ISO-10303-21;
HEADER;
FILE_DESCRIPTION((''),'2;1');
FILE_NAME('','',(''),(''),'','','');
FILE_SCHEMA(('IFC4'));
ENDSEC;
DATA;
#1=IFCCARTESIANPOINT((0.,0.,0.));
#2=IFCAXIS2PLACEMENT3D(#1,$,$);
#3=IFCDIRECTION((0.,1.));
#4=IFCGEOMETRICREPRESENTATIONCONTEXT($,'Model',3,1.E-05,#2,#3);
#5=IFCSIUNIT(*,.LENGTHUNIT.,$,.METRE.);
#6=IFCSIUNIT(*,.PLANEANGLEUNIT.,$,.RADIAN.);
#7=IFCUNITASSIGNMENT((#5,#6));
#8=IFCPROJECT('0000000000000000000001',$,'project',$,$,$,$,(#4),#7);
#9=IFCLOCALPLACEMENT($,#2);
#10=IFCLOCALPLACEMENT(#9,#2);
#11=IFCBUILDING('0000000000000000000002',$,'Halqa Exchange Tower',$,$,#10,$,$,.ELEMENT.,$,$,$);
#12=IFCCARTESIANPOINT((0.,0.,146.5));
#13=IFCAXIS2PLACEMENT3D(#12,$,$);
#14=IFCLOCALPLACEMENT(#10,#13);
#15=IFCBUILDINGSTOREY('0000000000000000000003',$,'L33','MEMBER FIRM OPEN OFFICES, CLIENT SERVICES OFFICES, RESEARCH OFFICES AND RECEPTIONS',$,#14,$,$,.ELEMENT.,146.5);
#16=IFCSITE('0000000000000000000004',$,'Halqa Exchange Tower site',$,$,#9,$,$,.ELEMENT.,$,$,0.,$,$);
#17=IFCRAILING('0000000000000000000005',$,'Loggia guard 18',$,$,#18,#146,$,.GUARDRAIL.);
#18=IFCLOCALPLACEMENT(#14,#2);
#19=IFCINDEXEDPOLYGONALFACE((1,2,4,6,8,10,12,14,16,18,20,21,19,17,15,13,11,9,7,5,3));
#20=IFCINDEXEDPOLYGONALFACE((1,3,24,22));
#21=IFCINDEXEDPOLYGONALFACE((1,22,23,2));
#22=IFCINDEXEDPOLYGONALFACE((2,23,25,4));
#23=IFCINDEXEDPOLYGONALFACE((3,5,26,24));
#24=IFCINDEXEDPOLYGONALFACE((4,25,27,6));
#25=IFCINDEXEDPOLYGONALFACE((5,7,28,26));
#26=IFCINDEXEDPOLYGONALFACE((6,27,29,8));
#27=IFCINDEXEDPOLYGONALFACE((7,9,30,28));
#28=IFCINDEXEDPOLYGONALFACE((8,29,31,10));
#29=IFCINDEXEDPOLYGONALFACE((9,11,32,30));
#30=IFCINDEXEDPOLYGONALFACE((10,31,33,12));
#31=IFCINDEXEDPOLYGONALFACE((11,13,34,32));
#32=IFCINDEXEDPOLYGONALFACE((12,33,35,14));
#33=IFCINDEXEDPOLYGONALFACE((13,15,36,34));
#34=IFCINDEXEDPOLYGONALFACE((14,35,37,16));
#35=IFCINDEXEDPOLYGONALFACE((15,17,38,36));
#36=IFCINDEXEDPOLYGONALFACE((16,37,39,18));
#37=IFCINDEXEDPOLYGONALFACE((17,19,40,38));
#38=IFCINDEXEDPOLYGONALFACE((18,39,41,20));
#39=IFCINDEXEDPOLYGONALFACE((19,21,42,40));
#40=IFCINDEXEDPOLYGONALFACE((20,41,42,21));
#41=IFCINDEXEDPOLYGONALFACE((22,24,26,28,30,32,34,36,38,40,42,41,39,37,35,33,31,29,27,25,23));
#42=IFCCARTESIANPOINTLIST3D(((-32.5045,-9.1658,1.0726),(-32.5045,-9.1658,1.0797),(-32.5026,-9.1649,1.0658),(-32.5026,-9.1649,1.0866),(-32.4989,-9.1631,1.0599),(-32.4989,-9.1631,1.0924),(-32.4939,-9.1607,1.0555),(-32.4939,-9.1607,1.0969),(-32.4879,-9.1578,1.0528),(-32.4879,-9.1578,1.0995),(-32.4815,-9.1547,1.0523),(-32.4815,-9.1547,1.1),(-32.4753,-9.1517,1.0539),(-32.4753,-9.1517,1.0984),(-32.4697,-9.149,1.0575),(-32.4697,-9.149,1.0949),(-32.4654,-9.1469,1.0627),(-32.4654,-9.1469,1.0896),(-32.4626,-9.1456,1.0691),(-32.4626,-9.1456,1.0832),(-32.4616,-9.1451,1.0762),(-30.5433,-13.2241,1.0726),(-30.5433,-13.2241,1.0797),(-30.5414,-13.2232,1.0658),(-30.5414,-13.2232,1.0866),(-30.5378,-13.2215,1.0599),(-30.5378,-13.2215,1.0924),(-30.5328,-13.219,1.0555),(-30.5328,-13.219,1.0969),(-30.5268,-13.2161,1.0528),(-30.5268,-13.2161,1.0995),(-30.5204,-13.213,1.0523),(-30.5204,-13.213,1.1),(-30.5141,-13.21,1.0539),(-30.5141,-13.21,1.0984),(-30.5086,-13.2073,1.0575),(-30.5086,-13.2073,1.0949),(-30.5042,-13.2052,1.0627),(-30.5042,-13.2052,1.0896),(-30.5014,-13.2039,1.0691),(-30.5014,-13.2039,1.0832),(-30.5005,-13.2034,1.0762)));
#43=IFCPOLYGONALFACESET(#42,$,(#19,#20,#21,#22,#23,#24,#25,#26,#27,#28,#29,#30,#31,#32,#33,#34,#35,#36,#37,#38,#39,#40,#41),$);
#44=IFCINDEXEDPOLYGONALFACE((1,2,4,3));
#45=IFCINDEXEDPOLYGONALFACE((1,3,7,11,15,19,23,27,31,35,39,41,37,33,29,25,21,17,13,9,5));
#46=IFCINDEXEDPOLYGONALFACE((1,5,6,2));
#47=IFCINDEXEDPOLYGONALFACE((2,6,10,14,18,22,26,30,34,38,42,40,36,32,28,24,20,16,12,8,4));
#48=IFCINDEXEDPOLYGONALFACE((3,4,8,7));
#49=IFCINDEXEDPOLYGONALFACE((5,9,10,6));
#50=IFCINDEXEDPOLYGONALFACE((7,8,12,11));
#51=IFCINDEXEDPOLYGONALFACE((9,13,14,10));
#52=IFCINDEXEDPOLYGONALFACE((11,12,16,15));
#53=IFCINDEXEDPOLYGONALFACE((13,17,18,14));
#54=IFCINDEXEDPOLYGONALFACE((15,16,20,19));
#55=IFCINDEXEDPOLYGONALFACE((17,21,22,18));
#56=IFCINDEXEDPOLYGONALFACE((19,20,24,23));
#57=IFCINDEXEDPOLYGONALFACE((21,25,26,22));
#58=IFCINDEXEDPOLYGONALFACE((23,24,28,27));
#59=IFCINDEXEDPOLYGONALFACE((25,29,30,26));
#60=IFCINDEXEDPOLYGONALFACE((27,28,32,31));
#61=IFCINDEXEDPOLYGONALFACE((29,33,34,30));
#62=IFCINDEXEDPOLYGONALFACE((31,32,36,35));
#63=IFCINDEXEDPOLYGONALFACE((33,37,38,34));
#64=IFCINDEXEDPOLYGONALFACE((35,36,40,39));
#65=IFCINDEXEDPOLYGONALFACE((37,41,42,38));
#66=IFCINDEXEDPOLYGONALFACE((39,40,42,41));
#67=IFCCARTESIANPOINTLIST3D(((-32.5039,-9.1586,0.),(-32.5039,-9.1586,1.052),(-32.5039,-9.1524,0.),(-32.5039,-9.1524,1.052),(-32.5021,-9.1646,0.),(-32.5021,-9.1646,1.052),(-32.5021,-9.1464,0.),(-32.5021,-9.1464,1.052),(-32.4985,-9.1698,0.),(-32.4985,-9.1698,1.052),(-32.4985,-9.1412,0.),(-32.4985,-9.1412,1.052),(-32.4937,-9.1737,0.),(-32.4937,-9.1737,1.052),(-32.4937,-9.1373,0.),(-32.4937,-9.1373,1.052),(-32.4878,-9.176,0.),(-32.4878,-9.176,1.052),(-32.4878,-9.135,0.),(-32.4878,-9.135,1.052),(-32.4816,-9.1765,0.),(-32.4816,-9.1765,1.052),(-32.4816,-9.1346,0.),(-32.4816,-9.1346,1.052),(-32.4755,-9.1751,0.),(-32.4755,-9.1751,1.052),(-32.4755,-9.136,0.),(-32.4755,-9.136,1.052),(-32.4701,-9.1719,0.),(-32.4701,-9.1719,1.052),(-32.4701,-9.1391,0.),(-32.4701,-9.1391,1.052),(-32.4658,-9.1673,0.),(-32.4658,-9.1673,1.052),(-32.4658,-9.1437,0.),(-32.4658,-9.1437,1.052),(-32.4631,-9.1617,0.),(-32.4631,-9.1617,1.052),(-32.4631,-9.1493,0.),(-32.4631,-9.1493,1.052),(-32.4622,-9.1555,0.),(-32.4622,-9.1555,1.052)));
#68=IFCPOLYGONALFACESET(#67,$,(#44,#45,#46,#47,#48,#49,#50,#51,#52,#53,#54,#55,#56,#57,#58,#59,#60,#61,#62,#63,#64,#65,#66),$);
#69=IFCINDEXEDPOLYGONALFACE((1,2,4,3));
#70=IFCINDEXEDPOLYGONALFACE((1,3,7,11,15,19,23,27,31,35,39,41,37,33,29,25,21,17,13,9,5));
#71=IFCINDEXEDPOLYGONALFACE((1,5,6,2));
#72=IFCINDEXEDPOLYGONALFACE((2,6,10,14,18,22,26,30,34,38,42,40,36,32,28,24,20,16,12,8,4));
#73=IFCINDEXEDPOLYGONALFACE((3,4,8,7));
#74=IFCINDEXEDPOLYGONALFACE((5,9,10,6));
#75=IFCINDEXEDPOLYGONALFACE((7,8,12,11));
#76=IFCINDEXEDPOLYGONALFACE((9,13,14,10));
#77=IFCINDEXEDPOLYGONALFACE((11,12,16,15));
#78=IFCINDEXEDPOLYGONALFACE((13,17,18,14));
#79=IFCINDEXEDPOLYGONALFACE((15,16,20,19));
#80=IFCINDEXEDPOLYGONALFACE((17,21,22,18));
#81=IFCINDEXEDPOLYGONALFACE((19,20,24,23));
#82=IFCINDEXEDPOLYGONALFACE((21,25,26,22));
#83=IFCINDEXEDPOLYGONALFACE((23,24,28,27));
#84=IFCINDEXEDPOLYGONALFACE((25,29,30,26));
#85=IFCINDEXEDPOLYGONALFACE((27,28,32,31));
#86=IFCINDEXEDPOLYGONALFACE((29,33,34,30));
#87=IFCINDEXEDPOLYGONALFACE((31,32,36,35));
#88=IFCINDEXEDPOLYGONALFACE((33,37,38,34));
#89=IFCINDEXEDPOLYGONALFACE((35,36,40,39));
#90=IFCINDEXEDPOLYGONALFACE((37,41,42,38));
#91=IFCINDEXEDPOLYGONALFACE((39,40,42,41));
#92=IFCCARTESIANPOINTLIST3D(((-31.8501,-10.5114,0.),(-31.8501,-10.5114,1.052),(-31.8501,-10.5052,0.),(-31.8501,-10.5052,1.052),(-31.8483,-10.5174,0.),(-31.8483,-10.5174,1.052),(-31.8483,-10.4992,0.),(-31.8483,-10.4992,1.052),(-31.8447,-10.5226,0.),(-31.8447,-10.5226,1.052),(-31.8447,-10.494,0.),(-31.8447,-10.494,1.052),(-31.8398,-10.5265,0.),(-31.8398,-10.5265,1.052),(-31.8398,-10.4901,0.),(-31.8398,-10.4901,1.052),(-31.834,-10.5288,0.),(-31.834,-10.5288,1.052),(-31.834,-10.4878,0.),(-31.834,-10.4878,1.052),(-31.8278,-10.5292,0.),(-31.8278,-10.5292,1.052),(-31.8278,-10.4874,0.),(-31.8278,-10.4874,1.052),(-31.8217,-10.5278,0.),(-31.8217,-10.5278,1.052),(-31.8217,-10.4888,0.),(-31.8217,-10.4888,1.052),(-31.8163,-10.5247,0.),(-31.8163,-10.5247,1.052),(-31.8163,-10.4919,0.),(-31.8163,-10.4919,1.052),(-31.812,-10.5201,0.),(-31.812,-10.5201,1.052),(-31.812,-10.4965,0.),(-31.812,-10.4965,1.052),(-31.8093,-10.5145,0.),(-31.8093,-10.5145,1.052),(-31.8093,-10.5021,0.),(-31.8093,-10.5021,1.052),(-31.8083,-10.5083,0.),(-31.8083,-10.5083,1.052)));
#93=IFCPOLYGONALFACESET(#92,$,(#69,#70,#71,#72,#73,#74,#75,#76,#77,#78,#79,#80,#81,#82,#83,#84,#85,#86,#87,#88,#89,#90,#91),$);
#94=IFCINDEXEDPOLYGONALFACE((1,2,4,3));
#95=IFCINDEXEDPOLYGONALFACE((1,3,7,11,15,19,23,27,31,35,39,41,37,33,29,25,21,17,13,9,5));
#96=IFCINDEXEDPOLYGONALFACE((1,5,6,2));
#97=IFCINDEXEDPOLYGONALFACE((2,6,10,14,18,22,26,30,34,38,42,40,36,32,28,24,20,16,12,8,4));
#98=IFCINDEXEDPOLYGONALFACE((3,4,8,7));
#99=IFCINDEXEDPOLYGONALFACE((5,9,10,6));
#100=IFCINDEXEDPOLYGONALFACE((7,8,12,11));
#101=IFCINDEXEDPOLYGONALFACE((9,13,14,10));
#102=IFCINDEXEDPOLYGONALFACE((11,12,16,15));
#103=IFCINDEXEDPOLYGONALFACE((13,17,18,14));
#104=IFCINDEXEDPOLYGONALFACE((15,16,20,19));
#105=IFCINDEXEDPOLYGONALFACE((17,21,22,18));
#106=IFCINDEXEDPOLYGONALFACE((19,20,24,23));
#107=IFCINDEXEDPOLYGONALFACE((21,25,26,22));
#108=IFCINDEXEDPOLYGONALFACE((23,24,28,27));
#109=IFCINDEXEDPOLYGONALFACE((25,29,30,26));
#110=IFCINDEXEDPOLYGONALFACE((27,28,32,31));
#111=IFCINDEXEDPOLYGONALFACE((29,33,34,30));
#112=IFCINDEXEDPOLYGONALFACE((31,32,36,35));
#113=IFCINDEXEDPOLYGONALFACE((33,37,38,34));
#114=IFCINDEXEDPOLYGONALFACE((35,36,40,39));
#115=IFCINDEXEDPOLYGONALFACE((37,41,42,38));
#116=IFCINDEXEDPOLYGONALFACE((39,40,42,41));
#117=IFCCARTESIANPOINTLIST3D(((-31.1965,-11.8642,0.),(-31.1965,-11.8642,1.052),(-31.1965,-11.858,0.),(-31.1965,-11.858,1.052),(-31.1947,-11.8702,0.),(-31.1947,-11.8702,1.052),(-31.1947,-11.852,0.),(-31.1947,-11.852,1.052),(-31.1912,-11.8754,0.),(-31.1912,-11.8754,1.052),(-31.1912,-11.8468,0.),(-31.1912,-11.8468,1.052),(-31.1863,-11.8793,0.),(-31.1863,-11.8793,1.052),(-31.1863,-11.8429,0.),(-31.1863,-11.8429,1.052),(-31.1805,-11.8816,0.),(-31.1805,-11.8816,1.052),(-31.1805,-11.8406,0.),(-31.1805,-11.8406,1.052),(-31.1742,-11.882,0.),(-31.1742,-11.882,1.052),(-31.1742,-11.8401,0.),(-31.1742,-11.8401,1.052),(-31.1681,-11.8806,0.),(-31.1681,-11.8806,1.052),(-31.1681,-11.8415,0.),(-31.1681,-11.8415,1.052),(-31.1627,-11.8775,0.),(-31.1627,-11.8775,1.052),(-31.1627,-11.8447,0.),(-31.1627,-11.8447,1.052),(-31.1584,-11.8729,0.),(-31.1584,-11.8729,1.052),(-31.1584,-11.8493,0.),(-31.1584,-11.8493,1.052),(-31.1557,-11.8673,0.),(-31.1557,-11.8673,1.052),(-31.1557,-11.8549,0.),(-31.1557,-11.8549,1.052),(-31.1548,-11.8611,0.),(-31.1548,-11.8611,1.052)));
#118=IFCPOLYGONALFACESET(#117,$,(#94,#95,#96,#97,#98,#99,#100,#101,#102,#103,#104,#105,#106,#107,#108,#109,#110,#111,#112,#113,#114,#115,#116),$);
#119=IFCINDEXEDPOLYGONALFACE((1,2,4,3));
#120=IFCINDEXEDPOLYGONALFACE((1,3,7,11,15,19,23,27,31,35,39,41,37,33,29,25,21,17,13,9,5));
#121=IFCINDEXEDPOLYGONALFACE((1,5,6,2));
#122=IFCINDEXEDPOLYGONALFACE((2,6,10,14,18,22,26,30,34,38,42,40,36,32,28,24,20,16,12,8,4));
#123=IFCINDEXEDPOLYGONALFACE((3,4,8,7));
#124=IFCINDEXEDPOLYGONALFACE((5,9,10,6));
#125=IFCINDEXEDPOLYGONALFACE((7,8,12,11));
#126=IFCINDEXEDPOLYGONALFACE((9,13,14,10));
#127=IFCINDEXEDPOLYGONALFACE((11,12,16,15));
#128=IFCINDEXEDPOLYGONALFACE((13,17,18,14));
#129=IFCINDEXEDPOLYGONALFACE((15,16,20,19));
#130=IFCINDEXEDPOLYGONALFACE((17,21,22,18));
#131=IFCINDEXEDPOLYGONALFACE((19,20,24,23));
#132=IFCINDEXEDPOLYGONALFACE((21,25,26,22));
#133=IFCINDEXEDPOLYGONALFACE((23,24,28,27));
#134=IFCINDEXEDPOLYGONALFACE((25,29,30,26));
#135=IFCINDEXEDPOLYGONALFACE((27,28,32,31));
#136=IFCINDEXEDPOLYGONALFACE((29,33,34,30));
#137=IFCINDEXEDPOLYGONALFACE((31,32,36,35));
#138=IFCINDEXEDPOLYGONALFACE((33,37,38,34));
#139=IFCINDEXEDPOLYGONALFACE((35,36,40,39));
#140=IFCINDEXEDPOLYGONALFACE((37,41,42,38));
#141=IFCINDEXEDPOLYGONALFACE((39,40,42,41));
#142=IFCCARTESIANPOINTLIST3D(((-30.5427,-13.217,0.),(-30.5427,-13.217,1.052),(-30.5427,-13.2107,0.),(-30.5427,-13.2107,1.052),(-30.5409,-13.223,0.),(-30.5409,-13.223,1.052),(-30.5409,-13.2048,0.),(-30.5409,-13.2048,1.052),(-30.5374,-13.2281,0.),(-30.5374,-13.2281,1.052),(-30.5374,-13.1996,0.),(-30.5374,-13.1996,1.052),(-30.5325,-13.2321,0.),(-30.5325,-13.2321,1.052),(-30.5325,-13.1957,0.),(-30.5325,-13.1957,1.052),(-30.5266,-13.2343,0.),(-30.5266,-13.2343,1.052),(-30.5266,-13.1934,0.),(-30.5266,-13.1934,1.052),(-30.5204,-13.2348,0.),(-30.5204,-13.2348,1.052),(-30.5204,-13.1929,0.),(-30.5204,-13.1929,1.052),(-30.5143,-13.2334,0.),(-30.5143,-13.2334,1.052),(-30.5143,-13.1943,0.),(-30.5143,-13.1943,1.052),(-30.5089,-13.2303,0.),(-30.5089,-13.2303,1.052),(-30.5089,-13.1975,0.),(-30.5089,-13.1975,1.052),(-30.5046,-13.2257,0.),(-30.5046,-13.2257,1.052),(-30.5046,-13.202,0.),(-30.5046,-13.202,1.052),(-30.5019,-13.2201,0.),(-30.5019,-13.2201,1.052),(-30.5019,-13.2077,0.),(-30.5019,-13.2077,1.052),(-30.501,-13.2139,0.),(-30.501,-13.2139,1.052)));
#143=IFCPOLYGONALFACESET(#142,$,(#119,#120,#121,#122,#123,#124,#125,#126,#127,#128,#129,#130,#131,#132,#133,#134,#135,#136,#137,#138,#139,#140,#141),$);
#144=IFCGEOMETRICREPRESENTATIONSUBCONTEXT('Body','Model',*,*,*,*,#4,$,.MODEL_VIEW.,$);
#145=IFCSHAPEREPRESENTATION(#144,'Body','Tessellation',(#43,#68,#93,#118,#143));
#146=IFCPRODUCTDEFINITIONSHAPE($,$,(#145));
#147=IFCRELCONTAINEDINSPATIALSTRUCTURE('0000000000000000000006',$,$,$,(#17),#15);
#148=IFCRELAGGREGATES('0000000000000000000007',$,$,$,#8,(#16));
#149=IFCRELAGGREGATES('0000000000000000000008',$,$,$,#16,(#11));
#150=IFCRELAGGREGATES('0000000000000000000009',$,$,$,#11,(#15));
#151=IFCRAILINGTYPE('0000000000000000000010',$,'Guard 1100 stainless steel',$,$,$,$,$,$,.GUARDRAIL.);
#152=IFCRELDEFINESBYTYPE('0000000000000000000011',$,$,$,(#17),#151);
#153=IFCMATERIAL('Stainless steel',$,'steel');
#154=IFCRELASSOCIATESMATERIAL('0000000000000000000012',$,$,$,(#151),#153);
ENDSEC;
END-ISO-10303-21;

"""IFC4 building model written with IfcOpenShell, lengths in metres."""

from ifc_helpers import new_model, si_unit, direction, frame, origin, origin_2d, place, context, subcontext, project, spatial, circle, extrude, material, type_object, element, save


model = new_model("IFC4")

# Units and contexts
model_context = context("Model", 3, precision=1e-05, world=origin(), true_north=direction((0.0, 1.0)))
body_context = subcontext(model_context, "Body", "Model", "MODEL_VIEW")
ifc_project = project(units=[si_unit("LENGTHUNIT", "METRE"), si_unit("PLANEANGLEUNIT", "RADIAN")], contexts=[model_context])

# Site, building, storey
site_placement = place(None, origin())
site = spatial("IfcSite", under=ifc_project, at=site_placement, Name="Halqa Exchange Tower site", CompositionType="ELEMENT", RefElevation=0.0)
building_placement = place(site_placement, origin())
building = spatial("IfcBuilding", under=site, at=building_placement, Name="Halqa Exchange Tower", CompositionType="ELEMENT")
storey_placement = place(building_placement, frame((0.0, 0.0, 146.5)))
storey = spatial("IfcBuildingStorey", under=building, at=storey_placement, Name="L33", Description="MEMBER FIRM OPEN OFFICES, CLIENT SERVICES OFFICES, RESEARCH OFFICES AND RECEPTIONS", CompositionType="ELEMENT", Elevation=146.5)

# Railing
ifc_material_1 = material(Name="Stainless steel", Category="steel")
railing_type = type_object("IfcRailingType", Name="Guard 1100 stainless steel", PredefinedType="GUARDRAIL", material=ifc_material_1)
railing_1_placement = place(storey_placement, frame((-32.4832, -9.1555, 0.0)))
element("IfcRailing", 1, at=railing_1_placement, inside=storey, type_object=railing_type, Name="Loggia guard 18", PredefinedType="GUARDRAIL", context=body_context, shape_type="SweptSolid", body=[
    extrude(circle(Radius=0.0239, at=origin_2d()), frame((0.0, 0.0, 1.0762), z_axis=(0.435105, -0.90038, 0.0), x_axis=(0.90038, 0.435105, 0.0)), (0.0, 0.0, 1.0), 4.5073),
    extrude(circle(Radius=0.021, at=origin_2d()), origin(), (0.0, 0.0, 1.0), 1.052),
    extrude(circle(Radius=0.021, at=origin_2d()), frame((0.6538, -1.3528, 0.0)), (0.0, 0.0, 1.0), 1.052),
    extrude(circle(Radius=0.021, at=origin_2d()), frame((1.3074, -2.7056, 0.0)), (0.0, 0.0, 1.0), 1.052),
    extrude(circle(Radius=0.021, at=origin_2d()), frame((1.9612, -4.0583, 0.0)), (0.0, 0.0, 1.0), 1.052),
])

save(model, "model.ifc")
